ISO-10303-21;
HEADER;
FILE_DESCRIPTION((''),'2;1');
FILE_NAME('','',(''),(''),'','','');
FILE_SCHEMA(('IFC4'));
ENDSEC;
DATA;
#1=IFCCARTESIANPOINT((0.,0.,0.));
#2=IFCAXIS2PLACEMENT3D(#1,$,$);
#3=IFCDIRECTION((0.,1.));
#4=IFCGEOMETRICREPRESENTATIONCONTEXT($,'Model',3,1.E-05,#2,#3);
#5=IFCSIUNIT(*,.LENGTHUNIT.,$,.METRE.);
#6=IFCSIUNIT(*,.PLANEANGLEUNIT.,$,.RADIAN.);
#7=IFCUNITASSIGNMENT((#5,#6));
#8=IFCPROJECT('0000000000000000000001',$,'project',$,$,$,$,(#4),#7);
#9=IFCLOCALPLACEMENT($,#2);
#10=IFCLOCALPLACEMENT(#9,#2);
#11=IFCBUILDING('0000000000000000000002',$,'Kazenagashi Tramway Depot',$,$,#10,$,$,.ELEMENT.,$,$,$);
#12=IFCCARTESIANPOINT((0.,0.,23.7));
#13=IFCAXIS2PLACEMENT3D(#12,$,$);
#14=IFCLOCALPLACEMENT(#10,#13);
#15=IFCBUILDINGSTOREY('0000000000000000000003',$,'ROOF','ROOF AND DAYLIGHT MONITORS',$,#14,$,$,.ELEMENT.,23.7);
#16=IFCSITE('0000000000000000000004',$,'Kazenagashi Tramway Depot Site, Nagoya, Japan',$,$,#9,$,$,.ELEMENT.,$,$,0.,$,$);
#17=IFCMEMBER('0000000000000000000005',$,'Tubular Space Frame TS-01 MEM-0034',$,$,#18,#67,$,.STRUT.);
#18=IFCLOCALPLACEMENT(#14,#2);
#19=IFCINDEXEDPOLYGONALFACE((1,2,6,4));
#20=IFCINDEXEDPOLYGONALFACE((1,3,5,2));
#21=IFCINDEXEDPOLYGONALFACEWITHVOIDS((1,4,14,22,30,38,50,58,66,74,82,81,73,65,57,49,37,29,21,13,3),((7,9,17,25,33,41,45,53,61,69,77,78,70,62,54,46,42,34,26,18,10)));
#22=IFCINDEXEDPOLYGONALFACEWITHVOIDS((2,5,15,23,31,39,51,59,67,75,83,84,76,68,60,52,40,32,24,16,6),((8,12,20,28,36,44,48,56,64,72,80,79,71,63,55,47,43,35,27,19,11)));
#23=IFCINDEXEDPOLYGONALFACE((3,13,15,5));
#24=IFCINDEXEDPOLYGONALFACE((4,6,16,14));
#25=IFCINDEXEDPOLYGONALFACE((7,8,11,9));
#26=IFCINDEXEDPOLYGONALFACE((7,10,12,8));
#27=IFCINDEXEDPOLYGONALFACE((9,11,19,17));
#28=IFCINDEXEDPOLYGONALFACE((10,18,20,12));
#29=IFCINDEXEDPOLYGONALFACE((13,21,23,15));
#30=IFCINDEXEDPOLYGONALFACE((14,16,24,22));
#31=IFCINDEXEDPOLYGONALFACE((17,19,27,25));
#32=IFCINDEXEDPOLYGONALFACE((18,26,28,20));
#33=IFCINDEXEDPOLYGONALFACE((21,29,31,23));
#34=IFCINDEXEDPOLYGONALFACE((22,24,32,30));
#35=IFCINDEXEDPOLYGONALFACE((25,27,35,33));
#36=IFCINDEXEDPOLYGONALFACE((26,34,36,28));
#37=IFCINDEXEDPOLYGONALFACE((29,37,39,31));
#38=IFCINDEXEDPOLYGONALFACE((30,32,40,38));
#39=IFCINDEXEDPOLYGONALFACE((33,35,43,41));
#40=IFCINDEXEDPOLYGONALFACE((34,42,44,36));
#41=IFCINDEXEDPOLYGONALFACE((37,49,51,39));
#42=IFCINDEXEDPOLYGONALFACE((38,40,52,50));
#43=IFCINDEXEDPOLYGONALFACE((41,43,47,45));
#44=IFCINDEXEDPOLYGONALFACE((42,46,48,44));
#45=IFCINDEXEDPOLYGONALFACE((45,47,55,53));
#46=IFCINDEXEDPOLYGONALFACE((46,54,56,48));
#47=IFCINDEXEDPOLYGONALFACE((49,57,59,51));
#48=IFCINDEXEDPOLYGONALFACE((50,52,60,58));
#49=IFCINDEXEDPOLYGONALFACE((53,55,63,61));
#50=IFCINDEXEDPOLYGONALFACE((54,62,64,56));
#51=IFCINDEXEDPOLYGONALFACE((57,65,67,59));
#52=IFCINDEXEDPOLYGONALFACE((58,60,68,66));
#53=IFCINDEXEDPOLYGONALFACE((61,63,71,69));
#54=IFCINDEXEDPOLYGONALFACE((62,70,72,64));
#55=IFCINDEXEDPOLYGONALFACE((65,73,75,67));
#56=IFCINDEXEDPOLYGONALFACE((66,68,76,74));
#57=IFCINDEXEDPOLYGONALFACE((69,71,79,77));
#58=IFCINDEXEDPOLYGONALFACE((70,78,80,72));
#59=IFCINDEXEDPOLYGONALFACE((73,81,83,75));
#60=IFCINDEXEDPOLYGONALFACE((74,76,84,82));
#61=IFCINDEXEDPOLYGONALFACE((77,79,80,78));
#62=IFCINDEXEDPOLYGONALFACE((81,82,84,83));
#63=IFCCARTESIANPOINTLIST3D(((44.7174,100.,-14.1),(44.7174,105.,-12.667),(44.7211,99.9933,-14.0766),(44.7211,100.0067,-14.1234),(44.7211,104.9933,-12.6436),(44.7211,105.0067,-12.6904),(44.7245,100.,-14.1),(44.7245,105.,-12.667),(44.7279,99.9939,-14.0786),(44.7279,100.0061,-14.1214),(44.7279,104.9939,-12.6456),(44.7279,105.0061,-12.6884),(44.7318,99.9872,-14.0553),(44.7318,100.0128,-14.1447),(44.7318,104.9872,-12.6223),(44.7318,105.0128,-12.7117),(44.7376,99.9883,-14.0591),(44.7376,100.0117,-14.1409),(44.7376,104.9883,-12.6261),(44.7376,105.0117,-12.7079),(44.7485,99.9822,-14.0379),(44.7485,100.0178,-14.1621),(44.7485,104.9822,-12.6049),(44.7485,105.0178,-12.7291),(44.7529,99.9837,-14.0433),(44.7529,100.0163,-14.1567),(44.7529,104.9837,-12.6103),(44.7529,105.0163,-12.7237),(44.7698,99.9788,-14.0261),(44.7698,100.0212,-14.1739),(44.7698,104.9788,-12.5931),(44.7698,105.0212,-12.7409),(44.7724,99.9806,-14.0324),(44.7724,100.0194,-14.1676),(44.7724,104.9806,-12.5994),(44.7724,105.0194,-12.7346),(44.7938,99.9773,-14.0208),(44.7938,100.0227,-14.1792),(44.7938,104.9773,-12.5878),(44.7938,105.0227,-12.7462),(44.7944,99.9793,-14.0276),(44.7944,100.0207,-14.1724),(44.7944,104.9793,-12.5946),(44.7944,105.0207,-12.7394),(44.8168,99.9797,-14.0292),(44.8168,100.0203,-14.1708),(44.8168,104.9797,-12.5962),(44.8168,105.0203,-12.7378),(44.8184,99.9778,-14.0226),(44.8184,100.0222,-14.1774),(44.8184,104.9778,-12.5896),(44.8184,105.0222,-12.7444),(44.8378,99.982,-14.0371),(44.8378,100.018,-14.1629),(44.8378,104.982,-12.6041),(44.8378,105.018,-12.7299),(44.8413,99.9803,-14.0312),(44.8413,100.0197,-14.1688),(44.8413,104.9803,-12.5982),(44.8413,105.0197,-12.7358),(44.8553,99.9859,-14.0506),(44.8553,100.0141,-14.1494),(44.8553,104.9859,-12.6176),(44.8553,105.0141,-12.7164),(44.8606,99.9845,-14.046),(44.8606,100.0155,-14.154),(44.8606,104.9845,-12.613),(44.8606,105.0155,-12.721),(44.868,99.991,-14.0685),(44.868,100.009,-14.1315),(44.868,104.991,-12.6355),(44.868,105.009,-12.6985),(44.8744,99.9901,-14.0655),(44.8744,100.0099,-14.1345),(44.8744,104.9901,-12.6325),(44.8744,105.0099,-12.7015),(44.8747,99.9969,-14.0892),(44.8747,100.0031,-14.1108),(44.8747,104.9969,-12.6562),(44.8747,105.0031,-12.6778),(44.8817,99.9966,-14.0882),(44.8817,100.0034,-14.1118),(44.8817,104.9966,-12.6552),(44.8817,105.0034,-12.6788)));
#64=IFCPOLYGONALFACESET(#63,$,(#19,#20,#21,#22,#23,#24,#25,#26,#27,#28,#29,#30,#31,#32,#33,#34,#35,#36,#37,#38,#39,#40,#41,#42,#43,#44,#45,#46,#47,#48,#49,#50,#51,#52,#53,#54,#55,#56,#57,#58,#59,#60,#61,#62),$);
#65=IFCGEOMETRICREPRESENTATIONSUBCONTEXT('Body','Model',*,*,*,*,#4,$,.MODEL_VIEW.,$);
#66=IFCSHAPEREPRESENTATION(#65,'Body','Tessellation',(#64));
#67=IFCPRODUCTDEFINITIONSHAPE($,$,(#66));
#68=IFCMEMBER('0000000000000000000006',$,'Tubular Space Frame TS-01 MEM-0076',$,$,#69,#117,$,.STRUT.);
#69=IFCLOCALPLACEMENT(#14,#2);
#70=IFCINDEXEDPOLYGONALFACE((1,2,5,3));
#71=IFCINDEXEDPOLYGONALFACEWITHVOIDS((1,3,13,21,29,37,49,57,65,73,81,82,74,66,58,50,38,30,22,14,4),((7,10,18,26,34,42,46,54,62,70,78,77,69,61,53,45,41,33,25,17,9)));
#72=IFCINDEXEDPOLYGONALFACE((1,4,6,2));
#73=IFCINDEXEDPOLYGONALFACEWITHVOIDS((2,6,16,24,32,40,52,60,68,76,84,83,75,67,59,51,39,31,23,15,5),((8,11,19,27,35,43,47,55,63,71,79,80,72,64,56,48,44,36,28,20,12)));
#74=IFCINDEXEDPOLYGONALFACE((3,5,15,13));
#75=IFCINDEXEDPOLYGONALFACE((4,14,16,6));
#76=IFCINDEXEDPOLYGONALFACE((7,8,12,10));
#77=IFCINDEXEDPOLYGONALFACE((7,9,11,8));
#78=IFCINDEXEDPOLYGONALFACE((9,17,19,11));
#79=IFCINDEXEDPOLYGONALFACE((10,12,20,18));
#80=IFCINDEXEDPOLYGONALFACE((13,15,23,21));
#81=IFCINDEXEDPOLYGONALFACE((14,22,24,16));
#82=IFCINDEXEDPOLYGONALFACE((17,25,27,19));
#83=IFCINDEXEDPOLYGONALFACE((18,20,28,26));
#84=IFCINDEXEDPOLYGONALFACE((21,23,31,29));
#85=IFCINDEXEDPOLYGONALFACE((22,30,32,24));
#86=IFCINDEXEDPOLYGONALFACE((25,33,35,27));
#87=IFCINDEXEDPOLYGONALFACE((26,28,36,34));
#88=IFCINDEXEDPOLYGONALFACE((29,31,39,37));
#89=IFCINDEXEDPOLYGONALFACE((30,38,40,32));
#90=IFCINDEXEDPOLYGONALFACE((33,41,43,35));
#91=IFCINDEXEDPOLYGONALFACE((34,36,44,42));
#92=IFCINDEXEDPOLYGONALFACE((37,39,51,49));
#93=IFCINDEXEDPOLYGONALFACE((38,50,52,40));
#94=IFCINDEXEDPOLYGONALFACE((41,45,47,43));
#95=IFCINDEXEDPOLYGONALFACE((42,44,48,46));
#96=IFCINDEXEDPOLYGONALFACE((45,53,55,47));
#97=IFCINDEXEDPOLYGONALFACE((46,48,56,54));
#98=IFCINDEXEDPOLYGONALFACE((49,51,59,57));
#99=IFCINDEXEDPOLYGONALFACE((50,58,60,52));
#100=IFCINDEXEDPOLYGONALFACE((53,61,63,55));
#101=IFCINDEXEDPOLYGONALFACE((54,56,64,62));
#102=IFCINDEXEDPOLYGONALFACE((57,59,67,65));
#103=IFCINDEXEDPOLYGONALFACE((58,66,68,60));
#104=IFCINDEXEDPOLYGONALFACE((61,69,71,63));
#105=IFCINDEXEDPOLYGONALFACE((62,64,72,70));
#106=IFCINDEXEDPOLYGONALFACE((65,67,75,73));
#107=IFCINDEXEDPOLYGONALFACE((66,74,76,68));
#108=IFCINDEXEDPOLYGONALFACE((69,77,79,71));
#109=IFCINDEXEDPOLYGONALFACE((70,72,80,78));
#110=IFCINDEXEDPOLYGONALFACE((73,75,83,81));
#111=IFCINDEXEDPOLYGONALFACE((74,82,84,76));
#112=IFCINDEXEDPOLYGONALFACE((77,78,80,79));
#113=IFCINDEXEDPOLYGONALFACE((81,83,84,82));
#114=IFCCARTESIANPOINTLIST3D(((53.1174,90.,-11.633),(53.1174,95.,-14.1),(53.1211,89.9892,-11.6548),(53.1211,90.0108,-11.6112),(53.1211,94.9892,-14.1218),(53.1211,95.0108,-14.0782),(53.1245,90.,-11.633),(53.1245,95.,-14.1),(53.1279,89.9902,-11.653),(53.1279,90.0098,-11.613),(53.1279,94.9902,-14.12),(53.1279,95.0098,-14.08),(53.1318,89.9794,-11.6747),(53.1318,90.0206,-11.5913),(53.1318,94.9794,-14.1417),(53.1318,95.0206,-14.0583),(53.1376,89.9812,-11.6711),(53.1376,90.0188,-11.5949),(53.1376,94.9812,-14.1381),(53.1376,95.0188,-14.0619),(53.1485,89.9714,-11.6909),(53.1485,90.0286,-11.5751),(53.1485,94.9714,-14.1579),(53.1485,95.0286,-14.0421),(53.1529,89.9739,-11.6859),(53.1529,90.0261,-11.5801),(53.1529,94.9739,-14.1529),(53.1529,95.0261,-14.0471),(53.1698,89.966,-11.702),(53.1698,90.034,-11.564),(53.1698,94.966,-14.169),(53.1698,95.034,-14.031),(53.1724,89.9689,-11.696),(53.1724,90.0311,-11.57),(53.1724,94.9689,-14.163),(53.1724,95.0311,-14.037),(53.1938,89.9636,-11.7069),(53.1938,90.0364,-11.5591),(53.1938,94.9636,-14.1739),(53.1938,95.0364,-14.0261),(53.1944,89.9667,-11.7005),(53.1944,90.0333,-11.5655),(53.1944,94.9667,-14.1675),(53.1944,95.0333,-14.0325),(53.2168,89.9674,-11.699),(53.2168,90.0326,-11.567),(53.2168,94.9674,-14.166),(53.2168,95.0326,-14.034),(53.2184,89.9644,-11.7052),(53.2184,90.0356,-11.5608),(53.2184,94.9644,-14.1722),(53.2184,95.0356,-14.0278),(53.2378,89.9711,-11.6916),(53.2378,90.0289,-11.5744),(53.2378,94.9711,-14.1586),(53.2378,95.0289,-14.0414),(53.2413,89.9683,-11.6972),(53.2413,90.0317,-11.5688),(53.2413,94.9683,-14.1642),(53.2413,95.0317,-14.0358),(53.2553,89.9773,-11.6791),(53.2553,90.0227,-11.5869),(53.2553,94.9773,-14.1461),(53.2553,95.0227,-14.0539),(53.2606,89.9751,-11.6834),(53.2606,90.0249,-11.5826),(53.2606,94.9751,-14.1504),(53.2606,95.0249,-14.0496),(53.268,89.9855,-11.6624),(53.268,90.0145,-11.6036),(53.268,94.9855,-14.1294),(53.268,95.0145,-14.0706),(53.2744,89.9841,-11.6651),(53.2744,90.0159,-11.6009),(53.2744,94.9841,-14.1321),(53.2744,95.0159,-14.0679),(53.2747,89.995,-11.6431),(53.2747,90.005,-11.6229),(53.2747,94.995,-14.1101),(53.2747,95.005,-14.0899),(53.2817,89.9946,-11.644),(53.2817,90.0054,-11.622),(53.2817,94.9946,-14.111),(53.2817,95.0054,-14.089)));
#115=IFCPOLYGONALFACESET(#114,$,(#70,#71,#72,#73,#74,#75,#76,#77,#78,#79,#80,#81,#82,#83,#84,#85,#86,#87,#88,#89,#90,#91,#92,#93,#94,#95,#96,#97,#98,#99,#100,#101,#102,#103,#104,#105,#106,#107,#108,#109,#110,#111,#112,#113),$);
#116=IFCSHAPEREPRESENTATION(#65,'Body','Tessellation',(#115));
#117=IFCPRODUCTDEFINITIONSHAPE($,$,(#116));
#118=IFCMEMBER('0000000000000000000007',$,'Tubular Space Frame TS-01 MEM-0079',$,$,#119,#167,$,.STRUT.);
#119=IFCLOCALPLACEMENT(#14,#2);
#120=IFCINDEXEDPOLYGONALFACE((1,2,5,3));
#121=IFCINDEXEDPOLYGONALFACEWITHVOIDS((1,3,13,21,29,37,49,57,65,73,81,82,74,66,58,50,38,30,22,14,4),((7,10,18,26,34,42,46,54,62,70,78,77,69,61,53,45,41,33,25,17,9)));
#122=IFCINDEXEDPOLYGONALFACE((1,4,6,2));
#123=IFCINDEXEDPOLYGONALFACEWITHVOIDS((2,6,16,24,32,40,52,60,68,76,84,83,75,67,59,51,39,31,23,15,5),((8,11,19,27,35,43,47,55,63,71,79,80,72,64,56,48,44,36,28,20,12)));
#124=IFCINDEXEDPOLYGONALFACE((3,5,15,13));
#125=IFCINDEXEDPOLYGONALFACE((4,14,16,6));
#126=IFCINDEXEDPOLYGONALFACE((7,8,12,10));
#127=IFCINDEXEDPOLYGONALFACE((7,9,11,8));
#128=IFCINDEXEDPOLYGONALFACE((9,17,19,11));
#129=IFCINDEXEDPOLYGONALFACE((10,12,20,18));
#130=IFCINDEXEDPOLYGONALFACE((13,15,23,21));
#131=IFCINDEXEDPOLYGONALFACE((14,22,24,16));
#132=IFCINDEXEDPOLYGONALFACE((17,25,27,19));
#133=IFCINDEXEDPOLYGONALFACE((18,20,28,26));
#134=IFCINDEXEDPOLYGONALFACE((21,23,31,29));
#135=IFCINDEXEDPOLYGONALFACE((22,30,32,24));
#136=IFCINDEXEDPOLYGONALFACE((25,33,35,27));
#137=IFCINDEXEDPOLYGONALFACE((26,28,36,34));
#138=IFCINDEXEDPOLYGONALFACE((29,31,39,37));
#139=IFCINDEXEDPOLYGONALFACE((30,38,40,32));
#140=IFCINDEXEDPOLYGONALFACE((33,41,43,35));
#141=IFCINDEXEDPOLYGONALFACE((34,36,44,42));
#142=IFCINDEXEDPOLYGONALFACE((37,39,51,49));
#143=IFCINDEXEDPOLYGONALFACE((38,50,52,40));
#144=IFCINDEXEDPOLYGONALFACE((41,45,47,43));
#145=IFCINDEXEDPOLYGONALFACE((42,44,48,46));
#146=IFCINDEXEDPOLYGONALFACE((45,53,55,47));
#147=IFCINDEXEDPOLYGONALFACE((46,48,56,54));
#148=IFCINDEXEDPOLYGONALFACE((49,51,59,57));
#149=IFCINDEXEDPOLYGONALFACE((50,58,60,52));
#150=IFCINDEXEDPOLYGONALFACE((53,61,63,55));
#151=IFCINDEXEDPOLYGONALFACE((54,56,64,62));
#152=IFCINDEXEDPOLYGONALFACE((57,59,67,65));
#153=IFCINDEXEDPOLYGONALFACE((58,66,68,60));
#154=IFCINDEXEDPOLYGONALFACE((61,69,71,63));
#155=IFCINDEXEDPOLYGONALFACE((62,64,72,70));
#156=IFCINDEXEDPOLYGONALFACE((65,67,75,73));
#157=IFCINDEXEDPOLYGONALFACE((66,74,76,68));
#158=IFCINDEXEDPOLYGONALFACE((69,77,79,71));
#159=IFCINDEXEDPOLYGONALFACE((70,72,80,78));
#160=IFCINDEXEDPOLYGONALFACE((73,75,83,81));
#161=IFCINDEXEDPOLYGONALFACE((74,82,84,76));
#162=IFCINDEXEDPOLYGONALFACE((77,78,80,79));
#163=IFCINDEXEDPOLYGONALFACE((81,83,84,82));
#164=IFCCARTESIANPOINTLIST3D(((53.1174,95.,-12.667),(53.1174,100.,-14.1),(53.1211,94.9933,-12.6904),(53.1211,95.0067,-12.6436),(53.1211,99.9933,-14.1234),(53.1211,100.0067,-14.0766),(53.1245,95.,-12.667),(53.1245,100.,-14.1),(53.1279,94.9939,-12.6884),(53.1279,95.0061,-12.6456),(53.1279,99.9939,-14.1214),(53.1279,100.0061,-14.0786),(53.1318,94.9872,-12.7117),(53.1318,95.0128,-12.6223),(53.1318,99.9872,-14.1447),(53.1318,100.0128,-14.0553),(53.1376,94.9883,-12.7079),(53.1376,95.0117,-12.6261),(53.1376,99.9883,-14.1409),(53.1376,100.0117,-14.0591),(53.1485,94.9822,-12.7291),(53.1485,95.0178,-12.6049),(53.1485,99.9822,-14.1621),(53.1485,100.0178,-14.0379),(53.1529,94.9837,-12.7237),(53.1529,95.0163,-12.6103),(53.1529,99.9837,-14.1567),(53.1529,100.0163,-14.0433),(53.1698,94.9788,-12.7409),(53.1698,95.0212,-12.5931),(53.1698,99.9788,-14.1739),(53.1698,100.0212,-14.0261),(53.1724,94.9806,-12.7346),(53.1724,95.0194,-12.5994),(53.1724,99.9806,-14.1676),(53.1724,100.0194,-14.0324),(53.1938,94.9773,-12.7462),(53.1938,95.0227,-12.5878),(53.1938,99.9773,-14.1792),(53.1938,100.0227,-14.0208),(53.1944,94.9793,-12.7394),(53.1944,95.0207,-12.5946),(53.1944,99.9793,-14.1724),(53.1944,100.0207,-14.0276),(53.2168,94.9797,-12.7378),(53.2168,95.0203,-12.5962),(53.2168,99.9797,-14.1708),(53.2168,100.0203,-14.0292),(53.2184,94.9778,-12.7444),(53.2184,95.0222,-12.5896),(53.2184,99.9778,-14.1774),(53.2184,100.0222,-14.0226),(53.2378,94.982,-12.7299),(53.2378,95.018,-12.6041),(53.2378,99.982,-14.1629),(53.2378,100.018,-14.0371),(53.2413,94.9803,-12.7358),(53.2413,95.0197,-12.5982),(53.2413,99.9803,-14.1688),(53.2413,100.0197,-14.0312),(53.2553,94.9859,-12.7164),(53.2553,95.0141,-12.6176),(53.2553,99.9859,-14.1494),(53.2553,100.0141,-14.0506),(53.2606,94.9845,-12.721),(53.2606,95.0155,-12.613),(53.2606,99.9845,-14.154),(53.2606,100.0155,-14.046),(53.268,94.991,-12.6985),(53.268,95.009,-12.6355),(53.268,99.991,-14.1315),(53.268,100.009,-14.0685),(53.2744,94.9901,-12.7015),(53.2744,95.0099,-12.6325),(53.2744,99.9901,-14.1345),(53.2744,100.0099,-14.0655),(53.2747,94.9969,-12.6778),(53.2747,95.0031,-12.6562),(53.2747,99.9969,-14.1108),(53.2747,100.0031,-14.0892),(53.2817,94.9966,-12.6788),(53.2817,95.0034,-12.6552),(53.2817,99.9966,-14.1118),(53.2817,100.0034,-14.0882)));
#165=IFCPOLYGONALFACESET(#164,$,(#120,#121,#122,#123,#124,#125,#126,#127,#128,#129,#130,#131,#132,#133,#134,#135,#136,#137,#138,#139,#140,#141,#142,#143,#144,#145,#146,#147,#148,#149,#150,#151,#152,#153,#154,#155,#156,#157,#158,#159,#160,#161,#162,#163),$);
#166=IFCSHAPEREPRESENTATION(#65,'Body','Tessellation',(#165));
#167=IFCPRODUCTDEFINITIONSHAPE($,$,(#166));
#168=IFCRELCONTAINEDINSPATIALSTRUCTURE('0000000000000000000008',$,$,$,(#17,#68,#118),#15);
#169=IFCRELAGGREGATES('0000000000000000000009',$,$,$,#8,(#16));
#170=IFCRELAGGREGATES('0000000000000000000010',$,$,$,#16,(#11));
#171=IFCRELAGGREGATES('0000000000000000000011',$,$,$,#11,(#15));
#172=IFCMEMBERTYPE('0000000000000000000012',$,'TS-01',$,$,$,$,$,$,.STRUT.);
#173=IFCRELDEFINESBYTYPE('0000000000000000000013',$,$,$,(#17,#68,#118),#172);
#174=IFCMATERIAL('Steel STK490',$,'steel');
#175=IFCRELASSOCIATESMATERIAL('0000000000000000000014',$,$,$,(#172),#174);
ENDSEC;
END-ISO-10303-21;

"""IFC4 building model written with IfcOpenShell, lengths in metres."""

from ifc_helpers import new_model, si_unit, direction, frame, origin, origin_2d, place, context, subcontext, project, spatial, hollow_circle, extrude, material, material_profile, profile_set, type_object, element, save


model = new_model("IFC4")

# Units and contexts
model_context = context("Model", 3, precision=1e-05, world=origin(), true_north=direction((0.0, 1.0)))
body_context = subcontext(model_context, "Body", "Model", "MODEL_VIEW")
ifc_project = project(units=[si_unit("LENGTHUNIT", "METRE"), si_unit("PLANEANGLEUNIT", "RADIAN")], contexts=[model_context])

# Site, building, storey
site_placement = place(None, origin())
site = spatial("IfcSite", under=ifc_project, at=site_placement, Name="Kazenagashi Tramway Depot Site, Nagoya, Japan", CompositionType="ELEMENT", RefElevation=0.0)
building_placement = place(site_placement, origin())
building = spatial("IfcBuilding", under=site, at=building_placement, Name="Kazenagashi Tramway Depot", CompositionType="ELEMENT")
storey_placement = place(building_placement, frame((0.0, 0.0, 23.7)))
storey = spatial("IfcBuildingStorey", under=building, at=storey_placement, Name="ROOF", Description="ROOF AND DAYLIGHT MONITORS", CompositionType="ELEMENT", Elevation=23.7)

# Members
ifc_material_1 = material(Name="Steel STK490", Category="steel")
ifc_material_profile_1 = material_profile(ifc_material_1, hollow_circle(Radius=0.0826, WallThickness=0.0071, at=origin_2d()), Name="CHS-165.2x7.1")
ifc_profile_set_1 = profile_set([ifc_material_profile_1], Name="Steel STK490")
member_type_1 = type_object("IfcMemberType", Name="TS-01", PredefinedType="STRUT", material=ifc_profile_set_1)
for number, where, z_axis, x_axis, name in (
    (1, (44.8, 100.0, -14.1), (0.0, 0.961299, 0.275508), (-1.0, 0.0, 0.0), "Tubular Space Frame TS-01 MEM-0034"),
):
    element("IfcMember", number, at=place(storey_placement, frame(where, z_axis=z_axis, x_axis=x_axis)), inside=storey, type_object=member_type_1, Name=name, PredefinedType="STRUT", context=body_context, shape_type="SweptSolid", body=[
        extrude(hollow_circle(Radius=0.0826, WallThickness=0.0071, at=origin_2d()), origin(), (0.0, 0.0, 1.0), 5.2013),
    ])
member_1_placement = place(storey_placement, frame((53.2, 90.0, -11.633), z_axis=(0.0, 0.896782, -0.442472), x_axis=(-1.0, 0.0, 0.0)))
element("IfcMember", 2, at=member_1_placement, inside=storey, type_object=member_type_1, Name="Tubular Space Frame TS-01 MEM-0076", PredefinedType="STRUT", context=body_context, shape_type="SweptSolid", body=[
    extrude(hollow_circle(Radius=0.0826, WallThickness=0.0071, at=origin_2d()), origin(), (0.0, 0.0, 1.0), 5.5755),
])
for number, where, z_axis, x_axis, name in (
    (3, (53.2, 95.0, -12.667), (0.0, 0.961299, -0.275508), (-1.0, 0.0, 0.0), "Tubular Space Frame TS-01 MEM-0079"),
):
    element("IfcMember", number, at=place(storey_placement, frame(where, z_axis=z_axis, x_axis=x_axis)), inside=storey, type_object=member_type_1, Name=name, PredefinedType="STRUT", context=body_context, shape_type="SweptSolid", body=[
        extrude(hollow_circle(Radius=0.0826, WallThickness=0.0071, at=origin_2d()), origin(), (0.0, 0.0, 1.0), 5.2013),
    ])

save(model, "model.ifc")
